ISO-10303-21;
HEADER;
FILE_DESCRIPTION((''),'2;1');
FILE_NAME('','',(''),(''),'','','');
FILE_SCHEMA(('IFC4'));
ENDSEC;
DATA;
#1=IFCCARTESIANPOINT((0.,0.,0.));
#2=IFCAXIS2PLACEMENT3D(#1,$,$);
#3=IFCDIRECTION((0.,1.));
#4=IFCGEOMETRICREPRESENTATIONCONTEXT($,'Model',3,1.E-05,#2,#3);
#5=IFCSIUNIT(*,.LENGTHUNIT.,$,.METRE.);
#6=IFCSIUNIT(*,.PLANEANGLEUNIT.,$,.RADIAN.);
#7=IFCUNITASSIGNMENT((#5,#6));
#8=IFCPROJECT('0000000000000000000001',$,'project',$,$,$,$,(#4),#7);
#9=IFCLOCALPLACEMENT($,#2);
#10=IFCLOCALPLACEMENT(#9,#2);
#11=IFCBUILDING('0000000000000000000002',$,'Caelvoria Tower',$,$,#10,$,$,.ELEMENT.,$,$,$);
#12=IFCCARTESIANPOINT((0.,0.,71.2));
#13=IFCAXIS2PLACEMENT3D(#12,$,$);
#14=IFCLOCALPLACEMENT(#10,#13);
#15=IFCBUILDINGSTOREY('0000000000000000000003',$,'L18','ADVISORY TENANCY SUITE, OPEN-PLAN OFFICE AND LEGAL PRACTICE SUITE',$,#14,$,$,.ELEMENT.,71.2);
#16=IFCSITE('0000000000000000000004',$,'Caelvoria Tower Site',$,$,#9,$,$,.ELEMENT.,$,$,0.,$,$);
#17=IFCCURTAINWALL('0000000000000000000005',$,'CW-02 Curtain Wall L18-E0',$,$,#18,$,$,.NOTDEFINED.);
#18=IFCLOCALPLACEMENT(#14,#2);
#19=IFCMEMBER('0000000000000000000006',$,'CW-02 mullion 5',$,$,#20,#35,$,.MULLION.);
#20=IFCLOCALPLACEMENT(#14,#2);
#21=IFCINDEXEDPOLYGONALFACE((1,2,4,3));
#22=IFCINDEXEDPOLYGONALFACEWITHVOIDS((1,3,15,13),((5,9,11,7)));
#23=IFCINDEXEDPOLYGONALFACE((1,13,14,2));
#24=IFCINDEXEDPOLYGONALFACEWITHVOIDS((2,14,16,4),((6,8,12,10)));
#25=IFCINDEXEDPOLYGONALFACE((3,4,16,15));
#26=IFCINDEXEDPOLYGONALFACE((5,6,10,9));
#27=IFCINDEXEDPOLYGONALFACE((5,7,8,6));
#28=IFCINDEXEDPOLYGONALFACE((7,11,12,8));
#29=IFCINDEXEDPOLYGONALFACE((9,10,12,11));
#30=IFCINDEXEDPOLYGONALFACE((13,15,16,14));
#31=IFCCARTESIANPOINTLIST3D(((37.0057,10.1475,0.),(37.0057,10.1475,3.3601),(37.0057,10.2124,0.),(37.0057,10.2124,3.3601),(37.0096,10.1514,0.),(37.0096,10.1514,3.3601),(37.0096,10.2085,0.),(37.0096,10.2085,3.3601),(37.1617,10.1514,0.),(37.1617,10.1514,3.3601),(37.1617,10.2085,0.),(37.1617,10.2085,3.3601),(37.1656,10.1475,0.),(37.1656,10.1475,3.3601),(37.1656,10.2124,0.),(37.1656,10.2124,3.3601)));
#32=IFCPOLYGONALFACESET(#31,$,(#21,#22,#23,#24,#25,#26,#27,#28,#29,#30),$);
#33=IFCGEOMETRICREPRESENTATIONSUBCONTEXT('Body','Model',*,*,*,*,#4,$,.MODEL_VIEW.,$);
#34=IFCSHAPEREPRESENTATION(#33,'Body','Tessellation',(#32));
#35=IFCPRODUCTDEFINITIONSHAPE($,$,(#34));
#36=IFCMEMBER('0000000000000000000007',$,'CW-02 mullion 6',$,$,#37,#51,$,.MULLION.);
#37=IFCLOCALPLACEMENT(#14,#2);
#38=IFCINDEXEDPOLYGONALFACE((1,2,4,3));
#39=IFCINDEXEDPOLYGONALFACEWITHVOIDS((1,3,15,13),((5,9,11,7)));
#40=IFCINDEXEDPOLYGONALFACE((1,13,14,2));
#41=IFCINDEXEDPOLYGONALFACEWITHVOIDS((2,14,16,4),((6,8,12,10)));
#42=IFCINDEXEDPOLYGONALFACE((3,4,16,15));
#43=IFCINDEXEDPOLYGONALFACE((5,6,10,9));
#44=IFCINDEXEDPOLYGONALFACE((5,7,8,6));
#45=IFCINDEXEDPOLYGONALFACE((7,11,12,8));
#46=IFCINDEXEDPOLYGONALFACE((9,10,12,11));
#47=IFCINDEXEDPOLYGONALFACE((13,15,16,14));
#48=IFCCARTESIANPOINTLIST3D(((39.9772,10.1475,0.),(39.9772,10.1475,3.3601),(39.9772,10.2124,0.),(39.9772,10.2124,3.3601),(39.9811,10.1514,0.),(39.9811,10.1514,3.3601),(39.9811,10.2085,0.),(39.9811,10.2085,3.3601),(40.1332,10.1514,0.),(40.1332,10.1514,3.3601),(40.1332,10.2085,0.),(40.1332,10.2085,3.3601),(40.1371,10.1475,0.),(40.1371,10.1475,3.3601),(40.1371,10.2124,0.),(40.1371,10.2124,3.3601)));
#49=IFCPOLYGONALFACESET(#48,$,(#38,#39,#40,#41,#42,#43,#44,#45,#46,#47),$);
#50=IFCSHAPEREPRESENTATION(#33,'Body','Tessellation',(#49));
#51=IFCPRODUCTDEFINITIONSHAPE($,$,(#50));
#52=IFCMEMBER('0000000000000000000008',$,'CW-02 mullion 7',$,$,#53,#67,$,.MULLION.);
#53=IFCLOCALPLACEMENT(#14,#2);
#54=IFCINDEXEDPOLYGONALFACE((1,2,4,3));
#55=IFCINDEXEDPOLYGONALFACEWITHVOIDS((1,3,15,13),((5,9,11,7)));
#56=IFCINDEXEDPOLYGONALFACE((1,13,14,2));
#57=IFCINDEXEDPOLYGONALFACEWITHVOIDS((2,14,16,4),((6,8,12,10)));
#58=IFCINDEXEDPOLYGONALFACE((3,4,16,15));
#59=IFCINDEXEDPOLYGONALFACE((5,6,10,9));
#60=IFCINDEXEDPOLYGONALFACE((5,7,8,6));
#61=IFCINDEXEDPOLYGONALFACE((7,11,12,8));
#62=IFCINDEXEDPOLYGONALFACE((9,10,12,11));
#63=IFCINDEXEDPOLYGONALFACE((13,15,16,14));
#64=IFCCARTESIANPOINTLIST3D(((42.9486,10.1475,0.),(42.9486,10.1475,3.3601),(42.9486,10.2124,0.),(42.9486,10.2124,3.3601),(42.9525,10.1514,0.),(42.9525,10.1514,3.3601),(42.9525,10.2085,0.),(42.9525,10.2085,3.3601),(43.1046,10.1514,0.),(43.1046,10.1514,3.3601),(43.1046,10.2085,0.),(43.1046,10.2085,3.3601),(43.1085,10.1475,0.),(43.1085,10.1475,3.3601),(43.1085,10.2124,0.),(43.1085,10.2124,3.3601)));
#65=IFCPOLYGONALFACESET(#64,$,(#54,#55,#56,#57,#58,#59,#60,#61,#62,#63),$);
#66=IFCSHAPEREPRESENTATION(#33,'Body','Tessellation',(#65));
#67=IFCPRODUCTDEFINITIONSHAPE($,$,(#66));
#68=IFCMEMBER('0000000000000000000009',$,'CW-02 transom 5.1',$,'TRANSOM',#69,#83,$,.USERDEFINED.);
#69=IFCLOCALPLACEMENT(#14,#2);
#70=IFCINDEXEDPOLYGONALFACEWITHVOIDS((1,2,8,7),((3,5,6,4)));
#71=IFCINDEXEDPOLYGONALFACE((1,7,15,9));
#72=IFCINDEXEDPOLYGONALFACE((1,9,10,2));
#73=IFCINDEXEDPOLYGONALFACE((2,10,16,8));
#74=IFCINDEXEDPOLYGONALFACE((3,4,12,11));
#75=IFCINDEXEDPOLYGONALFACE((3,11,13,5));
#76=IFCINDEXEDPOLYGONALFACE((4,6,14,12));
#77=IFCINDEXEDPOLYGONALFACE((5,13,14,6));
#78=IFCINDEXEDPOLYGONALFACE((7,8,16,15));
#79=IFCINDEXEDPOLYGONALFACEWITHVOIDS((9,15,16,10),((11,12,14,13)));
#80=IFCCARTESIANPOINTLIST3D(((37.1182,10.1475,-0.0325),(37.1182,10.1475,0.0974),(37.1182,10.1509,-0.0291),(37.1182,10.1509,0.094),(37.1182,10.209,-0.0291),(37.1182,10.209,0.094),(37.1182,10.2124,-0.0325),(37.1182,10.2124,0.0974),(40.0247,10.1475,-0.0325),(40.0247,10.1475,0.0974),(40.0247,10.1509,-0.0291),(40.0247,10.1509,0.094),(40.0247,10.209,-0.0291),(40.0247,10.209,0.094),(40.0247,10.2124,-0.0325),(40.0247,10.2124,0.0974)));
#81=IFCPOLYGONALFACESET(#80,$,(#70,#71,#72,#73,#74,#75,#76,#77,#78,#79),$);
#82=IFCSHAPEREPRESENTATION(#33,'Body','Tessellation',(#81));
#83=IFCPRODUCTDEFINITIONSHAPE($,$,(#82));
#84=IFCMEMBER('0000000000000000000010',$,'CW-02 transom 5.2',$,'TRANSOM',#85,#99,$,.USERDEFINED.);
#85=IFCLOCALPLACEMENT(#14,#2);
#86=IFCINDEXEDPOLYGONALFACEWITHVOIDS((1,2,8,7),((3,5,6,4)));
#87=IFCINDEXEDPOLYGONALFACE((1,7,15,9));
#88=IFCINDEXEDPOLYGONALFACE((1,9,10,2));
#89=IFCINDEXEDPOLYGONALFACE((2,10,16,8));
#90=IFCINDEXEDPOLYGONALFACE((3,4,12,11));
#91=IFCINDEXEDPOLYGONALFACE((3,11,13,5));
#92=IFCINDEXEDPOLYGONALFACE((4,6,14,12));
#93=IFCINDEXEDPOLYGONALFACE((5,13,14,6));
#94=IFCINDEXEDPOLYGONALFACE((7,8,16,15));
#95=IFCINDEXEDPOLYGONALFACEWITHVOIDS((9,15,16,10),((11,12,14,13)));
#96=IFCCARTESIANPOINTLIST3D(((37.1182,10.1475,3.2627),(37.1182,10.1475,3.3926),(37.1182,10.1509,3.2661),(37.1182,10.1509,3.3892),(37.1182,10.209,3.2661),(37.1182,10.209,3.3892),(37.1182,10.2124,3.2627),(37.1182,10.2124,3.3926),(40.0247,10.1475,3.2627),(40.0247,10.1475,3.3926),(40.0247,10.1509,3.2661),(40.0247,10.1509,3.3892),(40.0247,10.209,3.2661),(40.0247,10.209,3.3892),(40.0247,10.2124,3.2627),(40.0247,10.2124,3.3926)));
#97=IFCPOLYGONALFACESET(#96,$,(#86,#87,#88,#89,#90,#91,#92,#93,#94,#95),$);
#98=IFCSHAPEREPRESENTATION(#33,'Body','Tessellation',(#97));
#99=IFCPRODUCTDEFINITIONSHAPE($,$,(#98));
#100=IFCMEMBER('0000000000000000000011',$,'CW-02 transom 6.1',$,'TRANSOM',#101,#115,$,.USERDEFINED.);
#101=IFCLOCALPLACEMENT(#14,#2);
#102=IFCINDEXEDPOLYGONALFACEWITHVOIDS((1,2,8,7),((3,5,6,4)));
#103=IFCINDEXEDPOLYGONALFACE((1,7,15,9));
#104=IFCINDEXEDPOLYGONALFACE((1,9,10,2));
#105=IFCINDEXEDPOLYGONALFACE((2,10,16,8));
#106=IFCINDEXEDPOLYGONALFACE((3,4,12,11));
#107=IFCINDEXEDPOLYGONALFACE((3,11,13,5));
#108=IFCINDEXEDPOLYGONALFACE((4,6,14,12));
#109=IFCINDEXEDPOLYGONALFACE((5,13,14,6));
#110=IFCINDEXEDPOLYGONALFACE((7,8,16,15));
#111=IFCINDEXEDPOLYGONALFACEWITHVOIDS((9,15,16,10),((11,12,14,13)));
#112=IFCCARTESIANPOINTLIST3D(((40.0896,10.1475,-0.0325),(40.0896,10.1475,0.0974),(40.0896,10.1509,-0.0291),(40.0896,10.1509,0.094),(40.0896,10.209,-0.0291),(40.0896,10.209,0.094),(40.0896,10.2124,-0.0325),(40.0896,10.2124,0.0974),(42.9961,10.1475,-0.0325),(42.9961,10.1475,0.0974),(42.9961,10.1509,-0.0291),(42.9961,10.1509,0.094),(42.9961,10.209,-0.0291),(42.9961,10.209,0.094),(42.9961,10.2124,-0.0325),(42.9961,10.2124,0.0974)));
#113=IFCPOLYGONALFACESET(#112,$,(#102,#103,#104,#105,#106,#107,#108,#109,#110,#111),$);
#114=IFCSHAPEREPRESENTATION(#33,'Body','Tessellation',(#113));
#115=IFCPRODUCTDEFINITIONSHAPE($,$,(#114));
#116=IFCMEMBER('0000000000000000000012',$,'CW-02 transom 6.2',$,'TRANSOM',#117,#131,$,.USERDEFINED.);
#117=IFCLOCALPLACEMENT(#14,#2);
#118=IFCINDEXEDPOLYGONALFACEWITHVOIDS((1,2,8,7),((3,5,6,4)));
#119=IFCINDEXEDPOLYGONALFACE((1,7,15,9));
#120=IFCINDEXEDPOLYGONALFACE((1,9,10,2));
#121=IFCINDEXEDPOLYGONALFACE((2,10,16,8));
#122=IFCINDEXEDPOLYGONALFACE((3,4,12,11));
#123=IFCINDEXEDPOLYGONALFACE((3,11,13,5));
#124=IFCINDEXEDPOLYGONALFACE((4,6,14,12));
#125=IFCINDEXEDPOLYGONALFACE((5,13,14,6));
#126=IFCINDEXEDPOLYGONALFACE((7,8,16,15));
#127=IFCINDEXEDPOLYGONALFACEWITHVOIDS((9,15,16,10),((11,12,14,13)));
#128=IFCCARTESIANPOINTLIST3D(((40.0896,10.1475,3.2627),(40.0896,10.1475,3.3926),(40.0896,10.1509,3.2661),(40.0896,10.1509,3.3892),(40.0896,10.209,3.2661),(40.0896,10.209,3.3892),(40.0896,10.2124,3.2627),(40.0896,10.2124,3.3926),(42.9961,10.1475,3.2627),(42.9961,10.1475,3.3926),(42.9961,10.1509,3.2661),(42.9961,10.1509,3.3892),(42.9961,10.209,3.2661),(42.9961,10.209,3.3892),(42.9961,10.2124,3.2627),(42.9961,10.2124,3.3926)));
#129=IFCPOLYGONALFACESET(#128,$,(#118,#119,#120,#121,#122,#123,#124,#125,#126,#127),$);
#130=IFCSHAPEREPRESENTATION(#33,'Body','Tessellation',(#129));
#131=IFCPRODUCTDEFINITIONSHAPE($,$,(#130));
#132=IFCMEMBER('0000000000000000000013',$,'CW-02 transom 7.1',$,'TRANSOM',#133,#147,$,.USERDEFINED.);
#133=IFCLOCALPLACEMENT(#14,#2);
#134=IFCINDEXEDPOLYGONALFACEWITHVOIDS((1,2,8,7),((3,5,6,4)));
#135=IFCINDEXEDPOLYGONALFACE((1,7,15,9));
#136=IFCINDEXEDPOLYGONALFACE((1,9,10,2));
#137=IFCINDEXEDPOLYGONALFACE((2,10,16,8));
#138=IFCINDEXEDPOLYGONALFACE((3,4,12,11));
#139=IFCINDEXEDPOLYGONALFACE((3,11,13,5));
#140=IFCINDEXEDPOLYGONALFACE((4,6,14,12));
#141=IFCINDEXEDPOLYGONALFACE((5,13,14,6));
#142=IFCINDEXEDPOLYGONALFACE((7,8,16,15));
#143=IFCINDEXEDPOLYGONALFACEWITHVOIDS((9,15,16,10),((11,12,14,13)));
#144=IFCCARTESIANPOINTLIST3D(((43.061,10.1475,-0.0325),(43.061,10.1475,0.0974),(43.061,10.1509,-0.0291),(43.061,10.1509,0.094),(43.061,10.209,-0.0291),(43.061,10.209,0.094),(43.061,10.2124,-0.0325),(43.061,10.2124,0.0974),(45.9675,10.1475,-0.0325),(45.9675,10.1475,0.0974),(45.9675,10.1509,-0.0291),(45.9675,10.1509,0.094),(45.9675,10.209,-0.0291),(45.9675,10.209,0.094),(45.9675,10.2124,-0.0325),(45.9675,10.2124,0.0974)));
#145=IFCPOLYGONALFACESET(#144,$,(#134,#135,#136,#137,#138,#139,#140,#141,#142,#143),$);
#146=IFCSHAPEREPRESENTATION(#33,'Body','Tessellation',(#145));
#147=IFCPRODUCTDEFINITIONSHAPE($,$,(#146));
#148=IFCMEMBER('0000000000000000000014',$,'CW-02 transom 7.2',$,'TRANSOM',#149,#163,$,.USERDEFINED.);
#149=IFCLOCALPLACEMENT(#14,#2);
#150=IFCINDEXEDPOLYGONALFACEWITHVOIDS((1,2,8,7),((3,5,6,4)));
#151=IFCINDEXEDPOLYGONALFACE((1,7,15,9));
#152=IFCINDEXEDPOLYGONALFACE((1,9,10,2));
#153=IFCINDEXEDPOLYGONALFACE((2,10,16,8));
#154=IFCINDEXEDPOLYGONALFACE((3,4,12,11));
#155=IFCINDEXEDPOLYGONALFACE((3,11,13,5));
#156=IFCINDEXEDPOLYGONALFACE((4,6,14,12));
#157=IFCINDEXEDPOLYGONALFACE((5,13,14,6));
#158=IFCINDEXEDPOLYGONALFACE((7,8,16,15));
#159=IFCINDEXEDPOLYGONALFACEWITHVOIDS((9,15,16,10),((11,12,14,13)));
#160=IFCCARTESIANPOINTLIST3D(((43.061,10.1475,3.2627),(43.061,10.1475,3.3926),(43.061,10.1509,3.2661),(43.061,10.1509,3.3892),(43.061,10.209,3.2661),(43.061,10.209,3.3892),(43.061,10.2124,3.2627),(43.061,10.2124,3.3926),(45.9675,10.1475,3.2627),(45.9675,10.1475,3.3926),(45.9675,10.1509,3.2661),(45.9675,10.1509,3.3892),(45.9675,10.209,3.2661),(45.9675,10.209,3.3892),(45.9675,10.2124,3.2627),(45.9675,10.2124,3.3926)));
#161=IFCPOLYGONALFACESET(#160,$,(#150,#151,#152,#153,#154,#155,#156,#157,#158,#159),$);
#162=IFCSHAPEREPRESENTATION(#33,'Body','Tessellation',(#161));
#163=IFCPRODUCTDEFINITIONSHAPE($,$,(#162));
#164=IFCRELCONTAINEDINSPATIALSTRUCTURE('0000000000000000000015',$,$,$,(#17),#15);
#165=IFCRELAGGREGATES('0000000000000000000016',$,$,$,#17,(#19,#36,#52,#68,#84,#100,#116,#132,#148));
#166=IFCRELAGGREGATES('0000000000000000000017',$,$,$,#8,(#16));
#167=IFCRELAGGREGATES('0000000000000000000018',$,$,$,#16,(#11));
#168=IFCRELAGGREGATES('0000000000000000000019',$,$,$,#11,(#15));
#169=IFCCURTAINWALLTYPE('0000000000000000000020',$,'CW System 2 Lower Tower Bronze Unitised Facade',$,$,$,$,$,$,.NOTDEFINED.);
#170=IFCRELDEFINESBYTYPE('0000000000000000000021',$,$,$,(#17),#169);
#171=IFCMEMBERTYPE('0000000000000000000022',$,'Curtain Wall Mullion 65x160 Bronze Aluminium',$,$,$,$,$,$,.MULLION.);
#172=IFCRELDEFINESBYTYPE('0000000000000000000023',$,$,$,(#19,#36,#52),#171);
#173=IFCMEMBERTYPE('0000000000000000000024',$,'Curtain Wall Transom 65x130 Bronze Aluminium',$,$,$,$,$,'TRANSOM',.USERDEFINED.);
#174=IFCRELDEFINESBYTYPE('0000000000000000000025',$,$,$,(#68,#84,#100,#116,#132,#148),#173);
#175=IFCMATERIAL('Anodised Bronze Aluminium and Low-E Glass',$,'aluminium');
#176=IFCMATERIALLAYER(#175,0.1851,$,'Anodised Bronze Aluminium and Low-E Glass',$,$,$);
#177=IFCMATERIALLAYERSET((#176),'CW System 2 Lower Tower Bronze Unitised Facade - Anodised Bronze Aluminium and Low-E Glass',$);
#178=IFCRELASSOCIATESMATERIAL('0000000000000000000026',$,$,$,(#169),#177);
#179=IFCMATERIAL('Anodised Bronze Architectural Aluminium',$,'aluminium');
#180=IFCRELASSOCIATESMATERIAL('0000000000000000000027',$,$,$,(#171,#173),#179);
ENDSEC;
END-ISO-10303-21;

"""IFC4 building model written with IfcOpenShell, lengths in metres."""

from ifc_helpers import new_model, si_unit, direction, frame, origin, origin_2d, place, context, subcontext, project, spatial, hollow_rectangle, extrude, material, layer, layer_set, material_profile, profile_set, type_object, element, aggregate, save


model = new_model("IFC4")

# Units and contexts
model_context = context("Model", 3, precision=1e-05, world=origin(), true_north=direction((0.0, 1.0)))
body_context = subcontext(model_context, "Body", "Model", "MODEL_VIEW")
ifc_project = project(units=[si_unit("LENGTHUNIT", "METRE"), si_unit("PLANEANGLEUNIT", "RADIAN")], contexts=[model_context])

# Site, building, storey
site_placement = place(None, origin())
site = spatial("IfcSite", under=ifc_project, at=site_placement, Name="Caelvoria Tower Site", CompositionType="ELEMENT", RefElevation=0.0)
building_placement = place(site_placement, origin())
building = spatial("IfcBuilding", under=site, at=building_placement, Name="Caelvoria Tower", CompositionType="ELEMENT")
storey_placement = place(building_placement, frame((0.0, 0.0, 71.2)))
storey = spatial("IfcBuildingStorey", under=building, at=storey_placement, Name="L18", Description="ADVISORY TENANCY SUITE, OPEN-PLAN OFFICE AND LEGAL PRACTICE SUITE", CompositionType="ELEMENT", Elevation=71.2)

# Curtain wall, members
ifc_material_1 = material(Name="Anodised Bronze Aluminium and Low-E Glass", Category="aluminium")
ifc_layer_1 = layer(ifc_material_1, 0.1851, Name="Anodised Bronze Aluminium and Low-E Glass")
ifc_layer_set_1 = layer_set([ifc_layer_1], Name="CW System 2 Lower Tower Bronze Unitised Facade - Anodised Bronze Aluminium and Low-E Glass")
curtain_wall_type = type_object("IfcCurtainWallType", Name="CW System 2 Lower Tower Bronze Unitised Facade", PredefinedType="NOTDEFINED", material=ifc_layer_set_1)
curtain_wall_1_placement = place(storey_placement, origin())
curtain_wall_1 = element("IfcCurtainWall", 1, at=curtain_wall_1_placement, inside=storey, type_object=curtain_wall_type, Name="CW-02 Curtain Wall L18-E0", PredefinedType="NOTDEFINED")
ifc_material_2 = material(Name="Anodised Bronze Architectural Aluminium", Category="aluminium")
ifc_material_profile_1 = material_profile(ifc_material_2, hollow_rectangle(XDim=0.0649, YDim=0.1599, WallThickness=0.0039, at=origin_2d()), Name="Anodised Bronze Architectural Aluminium")
ifc_profile_set_1 = profile_set([ifc_material_profile_1], Name="CW_MULL_65X160 - Anodised Bronze Architectural Aluminium")
member_type_1 = type_object("IfcMemberType", Name="Curtain Wall Mullion 65x160 Bronze Aluminium", PredefinedType="MULLION", material=ifc_profile_set_1)
member_1_placement = place(storey_placement, frame((37.0857, 10.1799, 0.0), z_axis=(0.0, 0.0, 1.0), x_axis=(0.0, 1.0, 0.0)))
member_1 = element("IfcMember", 2, at=member_1_placement, type_object=member_type_1, Name="CW-02 mullion 5", PredefinedType="MULLION", context=body_context, shape_type="SweptSolid", body=[
    extrude(hollow_rectangle(XDim=0.0649, YDim=0.1599, WallThickness=0.0039, at=origin_2d()), origin(), (0.0, 0.0, 1.0), 3.3601),
])
member_2_placement = place(storey_placement, frame((40.0571, 10.1799, 0.0), z_axis=(0.0, 0.0, 1.0), x_axis=(0.0, 1.0, 0.0)))
member_2 = element("IfcMember", 3, at=member_2_placement, type_object=member_type_1, Name="CW-02 mullion 6", PredefinedType="MULLION", context=body_context, shape_type="SweptSolid", body=[
    extrude(hollow_rectangle(XDim=0.0649, YDim=0.1599, WallThickness=0.0039, at=origin_2d()), origin(), (0.0, 0.0, 1.0), 3.3601),
])
member_3_placement = place(storey_placement, frame((43.0286, 10.1799, 0.0), z_axis=(0.0, 0.0, 1.0), x_axis=(0.0, 1.0, 0.0)))
member_3 = element("IfcMember", 4, at=member_3_placement, type_object=member_type_1, Name="CW-02 mullion 7", PredefinedType="MULLION", context=body_context, shape_type="SweptSolid", body=[
    extrude(hollow_rectangle(XDim=0.0649, YDim=0.1599, WallThickness=0.0039, at=origin_2d()), origin(), (0.0, 0.0, 1.0), 3.3601),
])
ifc_material_profile_2 = material_profile(ifc_material_2, hollow_rectangle(XDim=0.0649, YDim=0.1299, WallThickness=0.0034, at=origin_2d()), Name="Anodised Bronze Architectural Aluminium")
ifc_profile_set_2 = profile_set([ifc_material_profile_2], Name="CW_TRAN_65X130 - Anodised Bronze Architectural Aluminium")
member_type_2 = type_object("IfcMemberType", Name="Curtain Wall Transom 65x130 Bronze Aluminium", ElementType="TRANSOM", PredefinedType="USERDEFINED", material=ifc_profile_set_2)
member_4_placement = place(storey_placement, frame((37.1182, 10.1799, 0.0325), z_axis=(1.0, 0.0, 0.0), x_axis=(0.0, 1.0, 0.0)))
member_4 = element("IfcMember", 5, at=member_4_placement, type_object=member_type_2, Name="CW-02 transom 5.1", ObjectType="TRANSOM", PredefinedType="USERDEFINED", context=body_context, shape_type="SweptSolid", body=[
    extrude(hollow_rectangle(XDim=0.0649, YDim=0.1299, WallThickness=0.0034, at=origin_2d()), origin(), (0.0, 0.0, 1.0), 2.9065),
])
member_5_placement = place(storey_placement, frame((37.1182, 10.1799, 3.3276), z_axis=(1.0, 0.0, 0.0), x_axis=(0.0, 1.0, 0.0)))
member_5 = element("IfcMember", 6, at=member_5_placement, type_object=member_type_2, Name="CW-02 transom 5.2", ObjectType="TRANSOM", PredefinedType="USERDEFINED", context=body_context, shape_type="SweptSolid", body=[
    extrude(hollow_rectangle(XDim=0.0649, YDim=0.1299, WallThickness=0.0034, at=origin_2d()), origin(), (0.0, 0.0, 1.0), 2.9065),
])
member_6_placement = place(storey_placement, frame((40.0896, 10.1799, 0.0325), z_axis=(1.0, 0.0, 0.0), x_axis=(0.0, 1.0, 0.0)))
member_6 = element("IfcMember", 7, at=member_6_placement, type_object=member_type_2, Name="CW-02 transom 6.1", ObjectType="TRANSOM", PredefinedType="USERDEFINED", context=body_context, shape_type="SweptSolid", body=[
    extrude(hollow_rectangle(XDim=0.0649, YDim=0.1299, WallThickness=0.0034, at=origin_2d()), origin(), (0.0, 0.0, 1.0), 2.9065),
])
member_7_placement = place(storey_placement, frame((40.0896, 10.1799, 3.3276), z_axis=(1.0, 0.0, 0.0), x_axis=(0.0, 1.0, 0.0)))
member_7 = element("IfcMember", 8, at=member_7_placement, type_object=member_type_2, Name="CW-02 transom 6.2", ObjectType="TRANSOM", PredefinedType="USERDEFINED", context=body_context, shape_type="SweptSolid", body=[
    extrude(hollow_rectangle(XDim=0.0649, YDim=0.1299, WallThickness=0.0034, at=origin_2d()), origin(), (0.0, 0.0, 1.0), 2.9065),
])
member_8_placement = place(storey_placement, frame((43.061, 10.1799, 0.0325), z_axis=(1.0, 0.0, 0.0), x_axis=(0.0, 1.0, 0.0)))
member_8 = element("IfcMember", 9, at=member_8_placement, type_object=member_type_2, Name="CW-02 transom 7.1", ObjectType="TRANSOM", PredefinedType="USERDEFINED", context=body_context, shape_type="SweptSolid", body=[
    extrude(hollow_rectangle(XDim=0.0649, YDim=0.1299, WallThickness=0.0034, at=origin_2d()), origin(), (0.0, 0.0, 1.0), 2.9065),
])
member_9_placement = place(storey_placement, frame((43.061, 10.1799, 3.3276), z_axis=(1.0, 0.0, 0.0), x_axis=(0.0, 1.0, 0.0)))
member_9 = element("IfcMember", 10, at=member_9_placement, type_object=member_type_2, Name="CW-02 transom 7.2", ObjectType="TRANSOM", PredefinedType="USERDEFINED", context=body_context, shape_type="SweptSolid", body=[
    extrude(hollow_rectangle(XDim=0.0649, YDim=0.1299, WallThickness=0.0034, at=origin_2d()), origin(), (0.0, 0.0, 1.0), 2.9065),
])

aggregate(curtain_wall_1, [member_1, member_2, member_3, member_4, member_5, member_6, member_7, member_8, member_9])

save(model, "model.ifc")
